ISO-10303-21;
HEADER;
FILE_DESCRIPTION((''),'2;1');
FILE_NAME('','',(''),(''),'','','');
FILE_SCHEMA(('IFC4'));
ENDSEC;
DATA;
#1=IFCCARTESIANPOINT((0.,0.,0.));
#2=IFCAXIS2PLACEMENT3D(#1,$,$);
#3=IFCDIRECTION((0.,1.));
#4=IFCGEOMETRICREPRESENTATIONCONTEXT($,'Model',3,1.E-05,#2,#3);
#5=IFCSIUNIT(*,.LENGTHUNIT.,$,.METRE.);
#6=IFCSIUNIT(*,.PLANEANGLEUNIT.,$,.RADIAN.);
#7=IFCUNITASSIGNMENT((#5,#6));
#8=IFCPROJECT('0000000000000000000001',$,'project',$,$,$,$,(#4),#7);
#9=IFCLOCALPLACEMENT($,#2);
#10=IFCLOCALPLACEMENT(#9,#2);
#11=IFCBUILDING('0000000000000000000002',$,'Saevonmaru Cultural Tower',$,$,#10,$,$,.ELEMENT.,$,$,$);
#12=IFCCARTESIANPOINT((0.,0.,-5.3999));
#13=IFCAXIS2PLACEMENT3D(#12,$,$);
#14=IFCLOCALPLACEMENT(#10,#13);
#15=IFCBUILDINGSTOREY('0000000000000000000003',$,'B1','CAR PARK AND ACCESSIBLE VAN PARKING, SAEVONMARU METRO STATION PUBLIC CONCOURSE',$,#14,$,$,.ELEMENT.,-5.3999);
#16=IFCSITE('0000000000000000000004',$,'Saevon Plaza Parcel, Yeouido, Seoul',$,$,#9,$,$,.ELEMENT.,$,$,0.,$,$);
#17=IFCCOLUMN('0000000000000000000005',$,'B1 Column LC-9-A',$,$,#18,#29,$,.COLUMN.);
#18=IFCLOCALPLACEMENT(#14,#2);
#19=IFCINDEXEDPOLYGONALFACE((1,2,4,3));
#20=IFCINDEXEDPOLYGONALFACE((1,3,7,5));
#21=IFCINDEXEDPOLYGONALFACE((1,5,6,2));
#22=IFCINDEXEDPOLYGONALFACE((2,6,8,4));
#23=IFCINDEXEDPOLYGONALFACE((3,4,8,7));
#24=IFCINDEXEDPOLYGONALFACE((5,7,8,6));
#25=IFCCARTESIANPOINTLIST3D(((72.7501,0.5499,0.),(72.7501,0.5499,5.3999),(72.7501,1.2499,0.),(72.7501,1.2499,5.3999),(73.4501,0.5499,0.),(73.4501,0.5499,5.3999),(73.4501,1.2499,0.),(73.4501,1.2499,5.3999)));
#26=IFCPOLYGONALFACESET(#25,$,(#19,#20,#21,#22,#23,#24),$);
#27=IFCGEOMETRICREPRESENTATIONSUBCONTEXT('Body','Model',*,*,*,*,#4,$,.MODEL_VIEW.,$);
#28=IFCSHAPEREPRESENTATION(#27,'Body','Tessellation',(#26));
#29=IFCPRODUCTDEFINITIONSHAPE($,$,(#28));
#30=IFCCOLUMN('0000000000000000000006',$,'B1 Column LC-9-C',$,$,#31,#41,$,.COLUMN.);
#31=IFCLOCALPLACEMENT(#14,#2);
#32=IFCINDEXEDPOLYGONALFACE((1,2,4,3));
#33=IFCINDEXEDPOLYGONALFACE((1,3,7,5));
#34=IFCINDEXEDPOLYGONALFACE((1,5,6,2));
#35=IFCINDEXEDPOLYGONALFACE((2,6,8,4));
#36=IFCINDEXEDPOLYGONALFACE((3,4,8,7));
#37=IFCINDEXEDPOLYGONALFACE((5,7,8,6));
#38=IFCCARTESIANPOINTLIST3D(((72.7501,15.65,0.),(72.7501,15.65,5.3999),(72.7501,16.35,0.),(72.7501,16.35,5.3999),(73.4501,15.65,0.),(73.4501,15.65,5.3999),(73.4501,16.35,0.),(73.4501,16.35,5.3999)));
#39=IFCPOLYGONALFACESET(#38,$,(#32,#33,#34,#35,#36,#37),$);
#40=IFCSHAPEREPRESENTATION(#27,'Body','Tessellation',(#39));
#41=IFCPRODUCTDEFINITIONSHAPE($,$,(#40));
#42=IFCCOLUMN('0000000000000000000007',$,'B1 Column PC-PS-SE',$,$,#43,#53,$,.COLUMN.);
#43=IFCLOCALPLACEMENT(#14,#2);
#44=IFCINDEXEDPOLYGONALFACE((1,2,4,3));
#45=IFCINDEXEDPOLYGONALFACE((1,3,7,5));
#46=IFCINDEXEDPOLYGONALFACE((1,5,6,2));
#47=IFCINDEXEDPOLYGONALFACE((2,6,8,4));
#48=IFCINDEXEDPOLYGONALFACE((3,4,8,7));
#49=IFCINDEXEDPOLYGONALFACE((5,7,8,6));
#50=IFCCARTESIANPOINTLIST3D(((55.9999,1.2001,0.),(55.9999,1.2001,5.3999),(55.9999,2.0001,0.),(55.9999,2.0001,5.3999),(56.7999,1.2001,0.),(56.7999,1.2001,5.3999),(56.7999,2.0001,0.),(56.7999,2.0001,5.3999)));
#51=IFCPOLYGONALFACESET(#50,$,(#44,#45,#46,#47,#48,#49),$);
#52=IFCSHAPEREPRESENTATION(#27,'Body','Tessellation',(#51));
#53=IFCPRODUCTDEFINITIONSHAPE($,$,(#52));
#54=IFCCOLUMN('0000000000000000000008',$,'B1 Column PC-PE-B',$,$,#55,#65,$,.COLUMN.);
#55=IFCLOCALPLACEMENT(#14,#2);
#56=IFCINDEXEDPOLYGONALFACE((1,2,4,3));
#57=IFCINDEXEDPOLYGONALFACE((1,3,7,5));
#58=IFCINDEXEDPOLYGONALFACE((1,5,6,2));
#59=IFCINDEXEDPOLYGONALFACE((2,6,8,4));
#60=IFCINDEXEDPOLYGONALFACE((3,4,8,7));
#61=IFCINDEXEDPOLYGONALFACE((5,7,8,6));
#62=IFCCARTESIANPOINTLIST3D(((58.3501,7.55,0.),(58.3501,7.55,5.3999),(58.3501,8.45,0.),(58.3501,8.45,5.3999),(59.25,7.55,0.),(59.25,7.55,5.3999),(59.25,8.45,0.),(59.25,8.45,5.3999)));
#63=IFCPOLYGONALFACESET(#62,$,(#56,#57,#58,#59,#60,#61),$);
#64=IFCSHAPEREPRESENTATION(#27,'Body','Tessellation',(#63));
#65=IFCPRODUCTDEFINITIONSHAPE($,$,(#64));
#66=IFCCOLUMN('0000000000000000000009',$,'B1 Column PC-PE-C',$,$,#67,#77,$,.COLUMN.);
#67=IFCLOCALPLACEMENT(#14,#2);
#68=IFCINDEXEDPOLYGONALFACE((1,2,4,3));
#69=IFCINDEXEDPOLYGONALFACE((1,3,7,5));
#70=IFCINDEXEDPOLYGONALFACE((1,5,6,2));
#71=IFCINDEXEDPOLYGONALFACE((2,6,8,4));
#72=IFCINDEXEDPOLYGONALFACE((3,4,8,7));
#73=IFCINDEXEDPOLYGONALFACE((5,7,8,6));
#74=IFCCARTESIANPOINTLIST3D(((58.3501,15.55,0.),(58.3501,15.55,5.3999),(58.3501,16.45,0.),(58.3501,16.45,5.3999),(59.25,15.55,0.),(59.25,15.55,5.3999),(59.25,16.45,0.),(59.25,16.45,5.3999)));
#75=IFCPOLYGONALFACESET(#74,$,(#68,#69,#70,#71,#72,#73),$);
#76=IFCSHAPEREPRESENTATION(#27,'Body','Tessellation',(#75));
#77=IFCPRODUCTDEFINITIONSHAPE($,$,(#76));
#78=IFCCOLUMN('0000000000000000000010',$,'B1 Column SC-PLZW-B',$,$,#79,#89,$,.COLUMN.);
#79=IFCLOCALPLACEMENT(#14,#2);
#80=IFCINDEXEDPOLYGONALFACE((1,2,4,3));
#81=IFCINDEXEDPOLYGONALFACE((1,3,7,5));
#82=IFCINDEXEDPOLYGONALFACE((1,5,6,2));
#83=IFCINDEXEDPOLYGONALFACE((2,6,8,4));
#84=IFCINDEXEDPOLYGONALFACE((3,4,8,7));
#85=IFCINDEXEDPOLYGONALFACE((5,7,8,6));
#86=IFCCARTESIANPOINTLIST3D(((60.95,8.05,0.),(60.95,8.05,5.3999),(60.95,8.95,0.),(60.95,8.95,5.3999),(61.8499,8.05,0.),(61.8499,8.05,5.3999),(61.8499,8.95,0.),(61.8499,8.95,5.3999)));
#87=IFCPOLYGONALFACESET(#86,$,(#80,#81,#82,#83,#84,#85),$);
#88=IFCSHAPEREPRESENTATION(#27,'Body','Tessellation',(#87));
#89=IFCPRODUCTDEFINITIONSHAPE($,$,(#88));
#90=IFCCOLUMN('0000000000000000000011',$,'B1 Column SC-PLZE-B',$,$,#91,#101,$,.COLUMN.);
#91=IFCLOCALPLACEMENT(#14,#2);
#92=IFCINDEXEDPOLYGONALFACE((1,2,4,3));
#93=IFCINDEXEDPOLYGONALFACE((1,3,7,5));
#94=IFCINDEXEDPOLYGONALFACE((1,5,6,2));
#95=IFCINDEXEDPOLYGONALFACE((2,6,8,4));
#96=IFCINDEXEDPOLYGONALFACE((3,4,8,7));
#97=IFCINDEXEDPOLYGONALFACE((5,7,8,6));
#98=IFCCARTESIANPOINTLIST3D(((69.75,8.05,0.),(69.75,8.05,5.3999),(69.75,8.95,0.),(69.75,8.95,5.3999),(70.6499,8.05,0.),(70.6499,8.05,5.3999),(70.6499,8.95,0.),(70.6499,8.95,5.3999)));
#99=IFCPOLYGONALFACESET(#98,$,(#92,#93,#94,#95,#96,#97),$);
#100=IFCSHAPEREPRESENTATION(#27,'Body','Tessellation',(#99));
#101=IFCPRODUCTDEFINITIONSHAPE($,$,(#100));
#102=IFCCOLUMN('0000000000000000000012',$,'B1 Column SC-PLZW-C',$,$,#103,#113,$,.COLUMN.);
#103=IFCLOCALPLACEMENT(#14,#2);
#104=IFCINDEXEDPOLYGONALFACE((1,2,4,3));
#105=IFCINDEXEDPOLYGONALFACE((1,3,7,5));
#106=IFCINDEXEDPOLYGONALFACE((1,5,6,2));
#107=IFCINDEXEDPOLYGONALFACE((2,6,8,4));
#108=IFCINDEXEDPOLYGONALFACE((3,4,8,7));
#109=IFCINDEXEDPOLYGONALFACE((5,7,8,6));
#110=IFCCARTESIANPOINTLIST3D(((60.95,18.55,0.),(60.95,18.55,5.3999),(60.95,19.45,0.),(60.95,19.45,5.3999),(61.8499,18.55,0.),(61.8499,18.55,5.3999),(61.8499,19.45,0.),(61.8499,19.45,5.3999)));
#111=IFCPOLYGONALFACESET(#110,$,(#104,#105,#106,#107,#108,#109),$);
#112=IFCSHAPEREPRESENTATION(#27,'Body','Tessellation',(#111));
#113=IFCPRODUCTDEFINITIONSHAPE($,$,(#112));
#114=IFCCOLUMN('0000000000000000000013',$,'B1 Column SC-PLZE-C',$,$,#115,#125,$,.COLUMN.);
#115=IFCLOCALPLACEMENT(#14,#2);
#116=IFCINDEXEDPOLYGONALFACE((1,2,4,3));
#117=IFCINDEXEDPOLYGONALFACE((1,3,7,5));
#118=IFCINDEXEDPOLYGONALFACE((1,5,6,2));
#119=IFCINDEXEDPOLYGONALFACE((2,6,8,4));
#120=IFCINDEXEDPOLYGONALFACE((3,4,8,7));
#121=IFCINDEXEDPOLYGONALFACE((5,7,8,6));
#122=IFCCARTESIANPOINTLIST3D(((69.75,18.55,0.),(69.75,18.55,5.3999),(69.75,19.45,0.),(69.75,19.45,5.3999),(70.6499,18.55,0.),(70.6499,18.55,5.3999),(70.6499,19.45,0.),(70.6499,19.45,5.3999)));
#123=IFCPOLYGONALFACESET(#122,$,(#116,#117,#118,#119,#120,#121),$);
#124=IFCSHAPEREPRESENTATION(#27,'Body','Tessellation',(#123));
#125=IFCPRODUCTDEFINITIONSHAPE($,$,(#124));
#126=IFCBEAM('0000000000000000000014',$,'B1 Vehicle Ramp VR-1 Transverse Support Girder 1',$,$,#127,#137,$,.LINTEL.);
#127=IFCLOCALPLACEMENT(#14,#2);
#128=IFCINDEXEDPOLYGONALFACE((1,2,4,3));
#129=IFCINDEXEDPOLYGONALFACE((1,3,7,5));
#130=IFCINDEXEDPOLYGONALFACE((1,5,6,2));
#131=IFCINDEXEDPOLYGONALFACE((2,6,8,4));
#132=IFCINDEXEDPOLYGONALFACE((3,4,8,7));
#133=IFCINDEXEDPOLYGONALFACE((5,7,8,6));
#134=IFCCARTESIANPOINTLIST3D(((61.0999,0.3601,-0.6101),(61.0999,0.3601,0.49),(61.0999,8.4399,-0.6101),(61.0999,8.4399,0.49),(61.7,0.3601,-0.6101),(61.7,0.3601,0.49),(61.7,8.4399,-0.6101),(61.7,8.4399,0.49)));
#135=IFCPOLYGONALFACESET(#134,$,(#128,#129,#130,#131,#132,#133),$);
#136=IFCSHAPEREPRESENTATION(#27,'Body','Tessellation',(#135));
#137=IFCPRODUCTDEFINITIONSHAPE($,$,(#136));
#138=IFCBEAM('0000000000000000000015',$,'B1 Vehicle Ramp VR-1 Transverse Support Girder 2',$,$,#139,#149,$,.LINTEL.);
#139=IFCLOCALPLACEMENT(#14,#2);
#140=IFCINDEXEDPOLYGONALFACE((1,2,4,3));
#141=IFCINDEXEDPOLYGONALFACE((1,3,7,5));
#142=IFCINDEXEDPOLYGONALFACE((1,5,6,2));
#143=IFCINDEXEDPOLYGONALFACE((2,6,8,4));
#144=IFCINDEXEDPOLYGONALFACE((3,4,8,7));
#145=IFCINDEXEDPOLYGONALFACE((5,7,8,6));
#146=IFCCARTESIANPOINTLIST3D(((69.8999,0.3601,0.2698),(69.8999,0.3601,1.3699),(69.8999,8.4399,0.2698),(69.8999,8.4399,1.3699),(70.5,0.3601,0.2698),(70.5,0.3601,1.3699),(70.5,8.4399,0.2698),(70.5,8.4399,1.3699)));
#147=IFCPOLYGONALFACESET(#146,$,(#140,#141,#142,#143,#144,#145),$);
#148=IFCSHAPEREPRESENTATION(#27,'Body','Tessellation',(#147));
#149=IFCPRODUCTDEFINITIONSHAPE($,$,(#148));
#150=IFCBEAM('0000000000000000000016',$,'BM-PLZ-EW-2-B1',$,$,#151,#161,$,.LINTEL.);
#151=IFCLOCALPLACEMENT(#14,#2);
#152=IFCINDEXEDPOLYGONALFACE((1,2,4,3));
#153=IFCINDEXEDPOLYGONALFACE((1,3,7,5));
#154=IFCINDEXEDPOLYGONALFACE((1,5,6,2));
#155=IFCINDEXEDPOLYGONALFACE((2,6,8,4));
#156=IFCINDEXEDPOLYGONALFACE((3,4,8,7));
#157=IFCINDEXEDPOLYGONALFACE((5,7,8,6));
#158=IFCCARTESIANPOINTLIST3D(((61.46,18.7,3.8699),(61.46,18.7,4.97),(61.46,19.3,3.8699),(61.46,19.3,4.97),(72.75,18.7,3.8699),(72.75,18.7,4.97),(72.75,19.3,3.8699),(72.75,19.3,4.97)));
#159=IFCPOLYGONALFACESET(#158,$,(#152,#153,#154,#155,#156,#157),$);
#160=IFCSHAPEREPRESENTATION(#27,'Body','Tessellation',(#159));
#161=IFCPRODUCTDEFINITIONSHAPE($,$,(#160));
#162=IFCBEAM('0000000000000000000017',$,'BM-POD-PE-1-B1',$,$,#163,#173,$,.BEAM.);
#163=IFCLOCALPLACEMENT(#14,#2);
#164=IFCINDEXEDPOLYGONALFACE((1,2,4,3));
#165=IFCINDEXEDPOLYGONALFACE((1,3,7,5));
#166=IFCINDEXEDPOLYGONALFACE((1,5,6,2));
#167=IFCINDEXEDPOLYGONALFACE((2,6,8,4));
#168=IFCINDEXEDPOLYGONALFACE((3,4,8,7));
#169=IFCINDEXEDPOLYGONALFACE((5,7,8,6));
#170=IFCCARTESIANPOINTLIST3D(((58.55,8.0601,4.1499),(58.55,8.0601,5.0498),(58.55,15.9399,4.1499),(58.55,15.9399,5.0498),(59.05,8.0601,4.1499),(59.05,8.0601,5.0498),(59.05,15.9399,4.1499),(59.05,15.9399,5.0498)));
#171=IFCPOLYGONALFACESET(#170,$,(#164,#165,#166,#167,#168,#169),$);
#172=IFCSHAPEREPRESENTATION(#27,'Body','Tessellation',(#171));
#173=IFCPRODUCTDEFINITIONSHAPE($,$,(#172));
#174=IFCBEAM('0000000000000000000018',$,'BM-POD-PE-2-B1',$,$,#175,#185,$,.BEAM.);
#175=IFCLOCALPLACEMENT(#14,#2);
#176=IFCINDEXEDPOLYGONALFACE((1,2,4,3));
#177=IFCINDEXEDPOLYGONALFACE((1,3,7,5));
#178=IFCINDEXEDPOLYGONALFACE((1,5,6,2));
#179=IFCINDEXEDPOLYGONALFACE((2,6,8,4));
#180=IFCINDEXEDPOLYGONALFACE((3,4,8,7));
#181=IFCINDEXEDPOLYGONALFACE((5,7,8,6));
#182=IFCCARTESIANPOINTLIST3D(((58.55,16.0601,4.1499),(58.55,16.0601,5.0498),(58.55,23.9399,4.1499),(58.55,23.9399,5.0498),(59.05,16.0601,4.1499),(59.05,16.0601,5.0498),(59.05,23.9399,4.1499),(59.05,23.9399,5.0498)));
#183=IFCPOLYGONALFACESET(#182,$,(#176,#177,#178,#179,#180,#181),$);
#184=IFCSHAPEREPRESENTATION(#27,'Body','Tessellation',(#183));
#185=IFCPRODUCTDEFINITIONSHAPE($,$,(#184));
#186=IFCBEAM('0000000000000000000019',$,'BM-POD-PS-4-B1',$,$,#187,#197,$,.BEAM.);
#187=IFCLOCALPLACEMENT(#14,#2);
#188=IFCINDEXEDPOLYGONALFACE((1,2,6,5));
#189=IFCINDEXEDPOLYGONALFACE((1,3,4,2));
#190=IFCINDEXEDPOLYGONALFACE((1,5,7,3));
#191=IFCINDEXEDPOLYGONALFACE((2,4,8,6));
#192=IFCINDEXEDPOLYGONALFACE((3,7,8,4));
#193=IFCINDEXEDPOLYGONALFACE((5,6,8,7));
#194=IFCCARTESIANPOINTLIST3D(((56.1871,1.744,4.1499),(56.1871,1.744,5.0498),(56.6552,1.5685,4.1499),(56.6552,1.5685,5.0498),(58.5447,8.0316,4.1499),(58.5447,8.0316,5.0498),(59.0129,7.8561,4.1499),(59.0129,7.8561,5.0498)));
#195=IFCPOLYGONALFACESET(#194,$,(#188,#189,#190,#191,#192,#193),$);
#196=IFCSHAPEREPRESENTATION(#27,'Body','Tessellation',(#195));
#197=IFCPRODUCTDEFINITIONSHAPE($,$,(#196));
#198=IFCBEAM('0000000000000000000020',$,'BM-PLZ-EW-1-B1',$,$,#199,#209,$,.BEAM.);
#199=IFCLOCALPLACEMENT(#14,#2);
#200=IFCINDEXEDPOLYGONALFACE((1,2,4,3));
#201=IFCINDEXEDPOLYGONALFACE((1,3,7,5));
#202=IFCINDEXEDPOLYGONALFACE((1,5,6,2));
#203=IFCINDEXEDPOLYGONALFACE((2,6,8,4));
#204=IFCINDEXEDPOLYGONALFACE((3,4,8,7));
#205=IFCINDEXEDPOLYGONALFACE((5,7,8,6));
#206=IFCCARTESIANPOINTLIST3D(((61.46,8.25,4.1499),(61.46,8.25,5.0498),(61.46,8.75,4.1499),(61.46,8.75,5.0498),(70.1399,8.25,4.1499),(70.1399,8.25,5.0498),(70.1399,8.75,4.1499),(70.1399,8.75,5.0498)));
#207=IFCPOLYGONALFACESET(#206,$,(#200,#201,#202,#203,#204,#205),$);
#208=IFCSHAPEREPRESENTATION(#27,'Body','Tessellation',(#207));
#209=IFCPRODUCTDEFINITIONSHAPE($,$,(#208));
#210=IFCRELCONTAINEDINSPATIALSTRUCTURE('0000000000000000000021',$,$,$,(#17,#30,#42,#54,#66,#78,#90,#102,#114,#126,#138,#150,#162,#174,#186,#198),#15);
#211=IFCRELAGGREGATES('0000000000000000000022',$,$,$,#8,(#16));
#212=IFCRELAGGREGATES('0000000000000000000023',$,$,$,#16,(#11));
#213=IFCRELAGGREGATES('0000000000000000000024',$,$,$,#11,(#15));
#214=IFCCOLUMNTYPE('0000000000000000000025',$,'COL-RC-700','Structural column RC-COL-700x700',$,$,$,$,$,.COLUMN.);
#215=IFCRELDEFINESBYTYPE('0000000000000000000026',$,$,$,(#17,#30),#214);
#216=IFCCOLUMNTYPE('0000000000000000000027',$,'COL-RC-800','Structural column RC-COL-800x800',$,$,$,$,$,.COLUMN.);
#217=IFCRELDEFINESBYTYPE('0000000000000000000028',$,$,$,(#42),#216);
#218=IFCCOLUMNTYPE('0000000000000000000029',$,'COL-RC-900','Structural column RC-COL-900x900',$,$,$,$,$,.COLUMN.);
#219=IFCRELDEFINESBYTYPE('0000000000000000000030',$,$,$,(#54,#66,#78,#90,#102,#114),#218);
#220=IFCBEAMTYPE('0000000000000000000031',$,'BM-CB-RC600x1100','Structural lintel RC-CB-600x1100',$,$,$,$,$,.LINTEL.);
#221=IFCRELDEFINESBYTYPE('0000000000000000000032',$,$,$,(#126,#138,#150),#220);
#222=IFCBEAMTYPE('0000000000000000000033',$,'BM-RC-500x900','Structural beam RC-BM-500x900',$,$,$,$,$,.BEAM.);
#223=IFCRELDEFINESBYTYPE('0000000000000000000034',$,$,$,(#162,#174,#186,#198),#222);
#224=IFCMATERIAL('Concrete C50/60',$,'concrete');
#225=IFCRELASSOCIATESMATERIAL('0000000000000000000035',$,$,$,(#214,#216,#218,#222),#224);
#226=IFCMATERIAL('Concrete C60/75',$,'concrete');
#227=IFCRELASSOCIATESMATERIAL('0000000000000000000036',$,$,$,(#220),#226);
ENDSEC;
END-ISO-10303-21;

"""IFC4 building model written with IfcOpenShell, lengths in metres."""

from ifc_helpers import new_model, si_unit, direction, frame, origin, origin_2d, place, context, subcontext, project, spatial, rectangle, extrude, material, material_profile, profile_set, type_object, element, save


model = new_model("IFC4")

# Units and contexts
model_context = context("Model", 3, precision=1e-05, world=origin(), true_north=direction((0.0, 1.0)))
body_context = subcontext(model_context, "Body", "Model", "MODEL_VIEW")
ifc_project = project(units=[si_unit("LENGTHUNIT", "METRE"), si_unit("PLANEANGLEUNIT", "RADIAN")], contexts=[model_context])

# Site, building, storey
site_placement = place(None, origin())
site = spatial("IfcSite", under=ifc_project, at=site_placement, Name="Saevon Plaza Parcel, Yeouido, Seoul", CompositionType="ELEMENT", RefElevation=0.0)
building_placement = place(site_placement, origin())
building = spatial("IfcBuilding", under=site, at=building_placement, Name="Saevonmaru Cultural Tower", CompositionType="ELEMENT")
storey_placement = place(building_placement, frame((0.0, 0.0, -5.3999)))
storey = spatial("IfcBuildingStorey", under=building, at=storey_placement, Name="B1", Description="CAR PARK AND ACCESSIBLE VAN PARKING, SAEVONMARU METRO STATION PUBLIC CONCOURSE", CompositionType="ELEMENT", Elevation=-5.3999)

# Columns
ifc_material_1 = material(Name="Concrete C50/60", Category="concrete")
ifc_material_profile_1 = material_profile(ifc_material_1, rectangle(XDim=0.7, YDim=0.7, at=origin_2d()), Name="RC-COL-700x700")
ifc_profile_set_1 = profile_set([ifc_material_profile_1], Name="Concrete C50/60")
column_type_1 = type_object("IfcColumnType", Name="COL-RC-700", Description="Structural column RC-COL-700x700", PredefinedType="COLUMN", material=ifc_profile_set_1)
for number, where, z_axis, x_axis, name in (
    (1, (73.1001, 0.8999, 0.0), (0.0, 0.0, 1.0), (1.0, 0.0, 0.0), "B1 Column LC-9-A"),
    (2, (73.1001, 16.0, 0.0), (0.0, 0.0, 1.0), (1.0, 0.0, 0.0), "B1 Column LC-9-C"),
):
    element("IfcColumn", number, at=place(storey_placement, frame(where, z_axis=z_axis, x_axis=x_axis)), inside=storey, type_object=column_type_1, Name=name, PredefinedType="COLUMN", context=body_context, shape_type="SweptSolid", body=[
        extrude(rectangle(XDim=0.7, YDim=0.7, at=origin_2d()), origin(), (0.0, 0.0, 1.0), 5.3999),
    ])
ifc_material_profile_2 = material_profile(ifc_material_1, rectangle(XDim=0.8, YDim=0.8, at=origin_2d()), Name="RC-COL-800x800")
ifc_profile_set_2 = profile_set([ifc_material_profile_2], Name="Concrete C50/60")
column_type_2 = type_object("IfcColumnType", Name="COL-RC-800", Description="Structural column RC-COL-800x800", PredefinedType="COLUMN", material=ifc_profile_set_2)
column_placement = place(storey_placement, frame((56.3999, 1.6001, 0.0), z_axis=(0.0, 0.0, 1.0), x_axis=(1.0, 0.0, 0.0)))
element("IfcColumn", 3, at=column_placement, inside=storey, type_object=column_type_2, Name="B1 Column PC-PS-SE", PredefinedType="COLUMN", context=body_context, shape_type="SweptSolid", body=[
    extrude(rectangle(XDim=0.8, YDim=0.8, at=origin_2d()), origin(), (0.0, 0.0, 1.0), 5.3999),
])
ifc_material_profile_3 = material_profile(ifc_material_1, rectangle(XDim=0.8999, YDim=0.8999, at=origin_2d()), Name="RC-COL-900x900")
ifc_profile_set_3 = profile_set([ifc_material_profile_3], Name="Concrete C50/60")
column_type_3 = type_object("IfcColumnType", Name="COL-RC-900", Description="Structural column RC-COL-900x900", PredefinedType="COLUMN", material=ifc_profile_set_3)
for number, where, z_axis, x_axis, name in (
    (4, (58.8, 8.0, 0.0), (0.0, 0.0, 1.0), (1.0, 0.0, 0.0), "B1 Column PC-PE-B"),
    (5, (58.8, 16.0, 0.0), (0.0, 0.0, 1.0), (1.0, 0.0, 0.0), "B1 Column PC-PE-C"),
    (6, (61.3999, 8.5, 0.0), (0.0, 0.0, 1.0), (1.0, 0.0, 0.0), "B1 Column SC-PLZW-B"),
    (7, (70.2, 8.5, 0.0), (0.0, 0.0, 1.0), (1.0, 0.0, 0.0), "B1 Column SC-PLZE-B"),
    (8, (61.3999, 19.0, 0.0), (0.0, 0.0, 1.0), (1.0, 0.0, 0.0), "B1 Column SC-PLZW-C"),
    (9, (70.2, 19.0, 0.0), (0.0, 0.0, 1.0), (1.0, 0.0, 0.0), "B1 Column SC-PLZE-C"),
):
    element("IfcColumn", number, at=place(storey_placement, frame(where, z_axis=z_axis, x_axis=x_axis)), inside=storey, type_object=column_type_3, Name=name, PredefinedType="COLUMN", context=body_context, shape_type="SweptSolid", body=[
        extrude(rectangle(XDim=0.8999, YDim=0.8999, at=origin_2d()), origin(), (0.0, 0.0, 1.0), 5.3999),
    ])

# Beams
ifc_material_2 = material(Name="Concrete C60/75", Category="concrete")
ifc_material_profile_4 = material_profile(ifc_material_2, rectangle(XDim=0.6001, YDim=1.1001, at=origin_2d()), Name="RC-CB-600x1100")
ifc_profile_set_4 = profile_set([ifc_material_profile_4], Name="Concrete C60/75")
beam_type_1 = type_object("IfcBeamType", Name="BM-CB-RC600x1100", Description="Structural lintel RC-CB-600x1100", PredefinedType="LINTEL", material=ifc_profile_set_4)
for number, where, z_axis, x_axis, name in (
    (10, (61.3999, 0.3601, -0.0601), (0.0, 1.0, 0.0), (-1.0, 0.0, 0.0), "B1 Vehicle Ramp VR-1 Transverse Support Girder 1"),
    (11, (70.2, 0.3601, 0.8198), (0.0, 1.0, 0.0), (-1.0, 0.0, 0.0), "B1 Vehicle Ramp VR-1 Transverse Support Girder 2"),
):
    element("IfcBeam", number, at=place(storey_placement, frame(where, z_axis=z_axis, x_axis=x_axis)), inside=storey, type_object=beam_type_1, Name=name, PredefinedType="LINTEL", context=body_context, shape_type="SweptSolid", body=[
        extrude(rectangle(XDim=0.6001, YDim=1.1001, at=origin_2d()), origin(), (0.0, 0.0, 1.0), 8.0798),
    ])
beam_1_placement = place(storey_placement, frame((61.46, 19.0, 4.4199), z_axis=(1.0, 0.0, 0.0), x_axis=(0.0, 1.0, 0.0)))
element("IfcBeam", 12, at=beam_1_placement, inside=storey, type_object=beam_type_1, Name="BM-PLZ-EW-2-B1", PredefinedType="LINTEL", context=body_context, shape_type="SweptSolid", body=[
    extrude(rectangle(XDim=0.6001, YDim=1.1001, at=origin_2d()), origin(), (0.0, 0.0, 1.0), 11.29),
])
ifc_material_profile_5 = material_profile(ifc_material_1, rectangle(XDim=0.5, YDim=0.8999, at=origin_2d()), Name="RC-BM-500x900")
ifc_profile_set_5 = profile_set([ifc_material_profile_5], Name="Concrete C50/60")
beam_type_2 = type_object("IfcBeamType", Name="BM-RC-500x900", Description="Structural beam RC-BM-500x900", PredefinedType="BEAM", material=ifc_profile_set_5)
for number, where, z_axis, x_axis, name in (
    (13, (58.8, 8.0601, 4.5999), (0.0, 1.0, 0.0), (-1.0, 0.0, 0.0), "BM-POD-PE-1-B1"),
    (14, (58.8, 16.0601, 4.5999), (0.0, 1.0, 0.0), (-1.0, 0.0, 0.0), "BM-POD-PE-2-B1"),
):
    element("IfcBeam", number, at=place(storey_placement, frame(where, z_axis=z_axis, x_axis=x_axis)), inside=storey, type_object=beam_type_2, Name=name, PredefinedType="BEAM", context=body_context, shape_type="SweptSolid", body=[
        extrude(rectangle(XDim=0.5, YDim=0.8999, at=origin_2d()), origin(), (0.0, 0.0, 1.0), 7.8799),
    ])
beam_2_placement = place(storey_placement, frame((56.4211, 1.6562, 4.5999), z_axis=(0.3511, 0.936338, 0.0), x_axis=(-0.936338, 0.3511, 0.0)))
element("IfcBeam", 15, at=beam_2_placement, inside=storey, type_object=beam_type_2, Name="BM-POD-PS-4-B1", PredefinedType="BEAM", context=body_context, shape_type="SweptSolid", body=[
    extrude(rectangle(XDim=0.5, YDim=0.8999, at=origin_2d()), origin(), (0.0, 0.0, 1.0), 6.7151),
])
beam_3_placement = place(storey_placement, frame((61.46, 8.5, 4.5999), z_axis=(1.0, 0.0, 0.0), x_axis=(0.0, 1.0, 0.0)))
element("IfcBeam", 16, at=beam_3_placement, inside=storey, type_object=beam_type_2, Name="BM-PLZ-EW-1-B1", PredefinedType="BEAM", context=body_context, shape_type="SweptSolid", body=[
    extrude(rectangle(XDim=0.5, YDim=0.8999, at=origin_2d()), origin(), (0.0, 0.0, 1.0), 8.6799),
])

save(model, "model.ifc")
